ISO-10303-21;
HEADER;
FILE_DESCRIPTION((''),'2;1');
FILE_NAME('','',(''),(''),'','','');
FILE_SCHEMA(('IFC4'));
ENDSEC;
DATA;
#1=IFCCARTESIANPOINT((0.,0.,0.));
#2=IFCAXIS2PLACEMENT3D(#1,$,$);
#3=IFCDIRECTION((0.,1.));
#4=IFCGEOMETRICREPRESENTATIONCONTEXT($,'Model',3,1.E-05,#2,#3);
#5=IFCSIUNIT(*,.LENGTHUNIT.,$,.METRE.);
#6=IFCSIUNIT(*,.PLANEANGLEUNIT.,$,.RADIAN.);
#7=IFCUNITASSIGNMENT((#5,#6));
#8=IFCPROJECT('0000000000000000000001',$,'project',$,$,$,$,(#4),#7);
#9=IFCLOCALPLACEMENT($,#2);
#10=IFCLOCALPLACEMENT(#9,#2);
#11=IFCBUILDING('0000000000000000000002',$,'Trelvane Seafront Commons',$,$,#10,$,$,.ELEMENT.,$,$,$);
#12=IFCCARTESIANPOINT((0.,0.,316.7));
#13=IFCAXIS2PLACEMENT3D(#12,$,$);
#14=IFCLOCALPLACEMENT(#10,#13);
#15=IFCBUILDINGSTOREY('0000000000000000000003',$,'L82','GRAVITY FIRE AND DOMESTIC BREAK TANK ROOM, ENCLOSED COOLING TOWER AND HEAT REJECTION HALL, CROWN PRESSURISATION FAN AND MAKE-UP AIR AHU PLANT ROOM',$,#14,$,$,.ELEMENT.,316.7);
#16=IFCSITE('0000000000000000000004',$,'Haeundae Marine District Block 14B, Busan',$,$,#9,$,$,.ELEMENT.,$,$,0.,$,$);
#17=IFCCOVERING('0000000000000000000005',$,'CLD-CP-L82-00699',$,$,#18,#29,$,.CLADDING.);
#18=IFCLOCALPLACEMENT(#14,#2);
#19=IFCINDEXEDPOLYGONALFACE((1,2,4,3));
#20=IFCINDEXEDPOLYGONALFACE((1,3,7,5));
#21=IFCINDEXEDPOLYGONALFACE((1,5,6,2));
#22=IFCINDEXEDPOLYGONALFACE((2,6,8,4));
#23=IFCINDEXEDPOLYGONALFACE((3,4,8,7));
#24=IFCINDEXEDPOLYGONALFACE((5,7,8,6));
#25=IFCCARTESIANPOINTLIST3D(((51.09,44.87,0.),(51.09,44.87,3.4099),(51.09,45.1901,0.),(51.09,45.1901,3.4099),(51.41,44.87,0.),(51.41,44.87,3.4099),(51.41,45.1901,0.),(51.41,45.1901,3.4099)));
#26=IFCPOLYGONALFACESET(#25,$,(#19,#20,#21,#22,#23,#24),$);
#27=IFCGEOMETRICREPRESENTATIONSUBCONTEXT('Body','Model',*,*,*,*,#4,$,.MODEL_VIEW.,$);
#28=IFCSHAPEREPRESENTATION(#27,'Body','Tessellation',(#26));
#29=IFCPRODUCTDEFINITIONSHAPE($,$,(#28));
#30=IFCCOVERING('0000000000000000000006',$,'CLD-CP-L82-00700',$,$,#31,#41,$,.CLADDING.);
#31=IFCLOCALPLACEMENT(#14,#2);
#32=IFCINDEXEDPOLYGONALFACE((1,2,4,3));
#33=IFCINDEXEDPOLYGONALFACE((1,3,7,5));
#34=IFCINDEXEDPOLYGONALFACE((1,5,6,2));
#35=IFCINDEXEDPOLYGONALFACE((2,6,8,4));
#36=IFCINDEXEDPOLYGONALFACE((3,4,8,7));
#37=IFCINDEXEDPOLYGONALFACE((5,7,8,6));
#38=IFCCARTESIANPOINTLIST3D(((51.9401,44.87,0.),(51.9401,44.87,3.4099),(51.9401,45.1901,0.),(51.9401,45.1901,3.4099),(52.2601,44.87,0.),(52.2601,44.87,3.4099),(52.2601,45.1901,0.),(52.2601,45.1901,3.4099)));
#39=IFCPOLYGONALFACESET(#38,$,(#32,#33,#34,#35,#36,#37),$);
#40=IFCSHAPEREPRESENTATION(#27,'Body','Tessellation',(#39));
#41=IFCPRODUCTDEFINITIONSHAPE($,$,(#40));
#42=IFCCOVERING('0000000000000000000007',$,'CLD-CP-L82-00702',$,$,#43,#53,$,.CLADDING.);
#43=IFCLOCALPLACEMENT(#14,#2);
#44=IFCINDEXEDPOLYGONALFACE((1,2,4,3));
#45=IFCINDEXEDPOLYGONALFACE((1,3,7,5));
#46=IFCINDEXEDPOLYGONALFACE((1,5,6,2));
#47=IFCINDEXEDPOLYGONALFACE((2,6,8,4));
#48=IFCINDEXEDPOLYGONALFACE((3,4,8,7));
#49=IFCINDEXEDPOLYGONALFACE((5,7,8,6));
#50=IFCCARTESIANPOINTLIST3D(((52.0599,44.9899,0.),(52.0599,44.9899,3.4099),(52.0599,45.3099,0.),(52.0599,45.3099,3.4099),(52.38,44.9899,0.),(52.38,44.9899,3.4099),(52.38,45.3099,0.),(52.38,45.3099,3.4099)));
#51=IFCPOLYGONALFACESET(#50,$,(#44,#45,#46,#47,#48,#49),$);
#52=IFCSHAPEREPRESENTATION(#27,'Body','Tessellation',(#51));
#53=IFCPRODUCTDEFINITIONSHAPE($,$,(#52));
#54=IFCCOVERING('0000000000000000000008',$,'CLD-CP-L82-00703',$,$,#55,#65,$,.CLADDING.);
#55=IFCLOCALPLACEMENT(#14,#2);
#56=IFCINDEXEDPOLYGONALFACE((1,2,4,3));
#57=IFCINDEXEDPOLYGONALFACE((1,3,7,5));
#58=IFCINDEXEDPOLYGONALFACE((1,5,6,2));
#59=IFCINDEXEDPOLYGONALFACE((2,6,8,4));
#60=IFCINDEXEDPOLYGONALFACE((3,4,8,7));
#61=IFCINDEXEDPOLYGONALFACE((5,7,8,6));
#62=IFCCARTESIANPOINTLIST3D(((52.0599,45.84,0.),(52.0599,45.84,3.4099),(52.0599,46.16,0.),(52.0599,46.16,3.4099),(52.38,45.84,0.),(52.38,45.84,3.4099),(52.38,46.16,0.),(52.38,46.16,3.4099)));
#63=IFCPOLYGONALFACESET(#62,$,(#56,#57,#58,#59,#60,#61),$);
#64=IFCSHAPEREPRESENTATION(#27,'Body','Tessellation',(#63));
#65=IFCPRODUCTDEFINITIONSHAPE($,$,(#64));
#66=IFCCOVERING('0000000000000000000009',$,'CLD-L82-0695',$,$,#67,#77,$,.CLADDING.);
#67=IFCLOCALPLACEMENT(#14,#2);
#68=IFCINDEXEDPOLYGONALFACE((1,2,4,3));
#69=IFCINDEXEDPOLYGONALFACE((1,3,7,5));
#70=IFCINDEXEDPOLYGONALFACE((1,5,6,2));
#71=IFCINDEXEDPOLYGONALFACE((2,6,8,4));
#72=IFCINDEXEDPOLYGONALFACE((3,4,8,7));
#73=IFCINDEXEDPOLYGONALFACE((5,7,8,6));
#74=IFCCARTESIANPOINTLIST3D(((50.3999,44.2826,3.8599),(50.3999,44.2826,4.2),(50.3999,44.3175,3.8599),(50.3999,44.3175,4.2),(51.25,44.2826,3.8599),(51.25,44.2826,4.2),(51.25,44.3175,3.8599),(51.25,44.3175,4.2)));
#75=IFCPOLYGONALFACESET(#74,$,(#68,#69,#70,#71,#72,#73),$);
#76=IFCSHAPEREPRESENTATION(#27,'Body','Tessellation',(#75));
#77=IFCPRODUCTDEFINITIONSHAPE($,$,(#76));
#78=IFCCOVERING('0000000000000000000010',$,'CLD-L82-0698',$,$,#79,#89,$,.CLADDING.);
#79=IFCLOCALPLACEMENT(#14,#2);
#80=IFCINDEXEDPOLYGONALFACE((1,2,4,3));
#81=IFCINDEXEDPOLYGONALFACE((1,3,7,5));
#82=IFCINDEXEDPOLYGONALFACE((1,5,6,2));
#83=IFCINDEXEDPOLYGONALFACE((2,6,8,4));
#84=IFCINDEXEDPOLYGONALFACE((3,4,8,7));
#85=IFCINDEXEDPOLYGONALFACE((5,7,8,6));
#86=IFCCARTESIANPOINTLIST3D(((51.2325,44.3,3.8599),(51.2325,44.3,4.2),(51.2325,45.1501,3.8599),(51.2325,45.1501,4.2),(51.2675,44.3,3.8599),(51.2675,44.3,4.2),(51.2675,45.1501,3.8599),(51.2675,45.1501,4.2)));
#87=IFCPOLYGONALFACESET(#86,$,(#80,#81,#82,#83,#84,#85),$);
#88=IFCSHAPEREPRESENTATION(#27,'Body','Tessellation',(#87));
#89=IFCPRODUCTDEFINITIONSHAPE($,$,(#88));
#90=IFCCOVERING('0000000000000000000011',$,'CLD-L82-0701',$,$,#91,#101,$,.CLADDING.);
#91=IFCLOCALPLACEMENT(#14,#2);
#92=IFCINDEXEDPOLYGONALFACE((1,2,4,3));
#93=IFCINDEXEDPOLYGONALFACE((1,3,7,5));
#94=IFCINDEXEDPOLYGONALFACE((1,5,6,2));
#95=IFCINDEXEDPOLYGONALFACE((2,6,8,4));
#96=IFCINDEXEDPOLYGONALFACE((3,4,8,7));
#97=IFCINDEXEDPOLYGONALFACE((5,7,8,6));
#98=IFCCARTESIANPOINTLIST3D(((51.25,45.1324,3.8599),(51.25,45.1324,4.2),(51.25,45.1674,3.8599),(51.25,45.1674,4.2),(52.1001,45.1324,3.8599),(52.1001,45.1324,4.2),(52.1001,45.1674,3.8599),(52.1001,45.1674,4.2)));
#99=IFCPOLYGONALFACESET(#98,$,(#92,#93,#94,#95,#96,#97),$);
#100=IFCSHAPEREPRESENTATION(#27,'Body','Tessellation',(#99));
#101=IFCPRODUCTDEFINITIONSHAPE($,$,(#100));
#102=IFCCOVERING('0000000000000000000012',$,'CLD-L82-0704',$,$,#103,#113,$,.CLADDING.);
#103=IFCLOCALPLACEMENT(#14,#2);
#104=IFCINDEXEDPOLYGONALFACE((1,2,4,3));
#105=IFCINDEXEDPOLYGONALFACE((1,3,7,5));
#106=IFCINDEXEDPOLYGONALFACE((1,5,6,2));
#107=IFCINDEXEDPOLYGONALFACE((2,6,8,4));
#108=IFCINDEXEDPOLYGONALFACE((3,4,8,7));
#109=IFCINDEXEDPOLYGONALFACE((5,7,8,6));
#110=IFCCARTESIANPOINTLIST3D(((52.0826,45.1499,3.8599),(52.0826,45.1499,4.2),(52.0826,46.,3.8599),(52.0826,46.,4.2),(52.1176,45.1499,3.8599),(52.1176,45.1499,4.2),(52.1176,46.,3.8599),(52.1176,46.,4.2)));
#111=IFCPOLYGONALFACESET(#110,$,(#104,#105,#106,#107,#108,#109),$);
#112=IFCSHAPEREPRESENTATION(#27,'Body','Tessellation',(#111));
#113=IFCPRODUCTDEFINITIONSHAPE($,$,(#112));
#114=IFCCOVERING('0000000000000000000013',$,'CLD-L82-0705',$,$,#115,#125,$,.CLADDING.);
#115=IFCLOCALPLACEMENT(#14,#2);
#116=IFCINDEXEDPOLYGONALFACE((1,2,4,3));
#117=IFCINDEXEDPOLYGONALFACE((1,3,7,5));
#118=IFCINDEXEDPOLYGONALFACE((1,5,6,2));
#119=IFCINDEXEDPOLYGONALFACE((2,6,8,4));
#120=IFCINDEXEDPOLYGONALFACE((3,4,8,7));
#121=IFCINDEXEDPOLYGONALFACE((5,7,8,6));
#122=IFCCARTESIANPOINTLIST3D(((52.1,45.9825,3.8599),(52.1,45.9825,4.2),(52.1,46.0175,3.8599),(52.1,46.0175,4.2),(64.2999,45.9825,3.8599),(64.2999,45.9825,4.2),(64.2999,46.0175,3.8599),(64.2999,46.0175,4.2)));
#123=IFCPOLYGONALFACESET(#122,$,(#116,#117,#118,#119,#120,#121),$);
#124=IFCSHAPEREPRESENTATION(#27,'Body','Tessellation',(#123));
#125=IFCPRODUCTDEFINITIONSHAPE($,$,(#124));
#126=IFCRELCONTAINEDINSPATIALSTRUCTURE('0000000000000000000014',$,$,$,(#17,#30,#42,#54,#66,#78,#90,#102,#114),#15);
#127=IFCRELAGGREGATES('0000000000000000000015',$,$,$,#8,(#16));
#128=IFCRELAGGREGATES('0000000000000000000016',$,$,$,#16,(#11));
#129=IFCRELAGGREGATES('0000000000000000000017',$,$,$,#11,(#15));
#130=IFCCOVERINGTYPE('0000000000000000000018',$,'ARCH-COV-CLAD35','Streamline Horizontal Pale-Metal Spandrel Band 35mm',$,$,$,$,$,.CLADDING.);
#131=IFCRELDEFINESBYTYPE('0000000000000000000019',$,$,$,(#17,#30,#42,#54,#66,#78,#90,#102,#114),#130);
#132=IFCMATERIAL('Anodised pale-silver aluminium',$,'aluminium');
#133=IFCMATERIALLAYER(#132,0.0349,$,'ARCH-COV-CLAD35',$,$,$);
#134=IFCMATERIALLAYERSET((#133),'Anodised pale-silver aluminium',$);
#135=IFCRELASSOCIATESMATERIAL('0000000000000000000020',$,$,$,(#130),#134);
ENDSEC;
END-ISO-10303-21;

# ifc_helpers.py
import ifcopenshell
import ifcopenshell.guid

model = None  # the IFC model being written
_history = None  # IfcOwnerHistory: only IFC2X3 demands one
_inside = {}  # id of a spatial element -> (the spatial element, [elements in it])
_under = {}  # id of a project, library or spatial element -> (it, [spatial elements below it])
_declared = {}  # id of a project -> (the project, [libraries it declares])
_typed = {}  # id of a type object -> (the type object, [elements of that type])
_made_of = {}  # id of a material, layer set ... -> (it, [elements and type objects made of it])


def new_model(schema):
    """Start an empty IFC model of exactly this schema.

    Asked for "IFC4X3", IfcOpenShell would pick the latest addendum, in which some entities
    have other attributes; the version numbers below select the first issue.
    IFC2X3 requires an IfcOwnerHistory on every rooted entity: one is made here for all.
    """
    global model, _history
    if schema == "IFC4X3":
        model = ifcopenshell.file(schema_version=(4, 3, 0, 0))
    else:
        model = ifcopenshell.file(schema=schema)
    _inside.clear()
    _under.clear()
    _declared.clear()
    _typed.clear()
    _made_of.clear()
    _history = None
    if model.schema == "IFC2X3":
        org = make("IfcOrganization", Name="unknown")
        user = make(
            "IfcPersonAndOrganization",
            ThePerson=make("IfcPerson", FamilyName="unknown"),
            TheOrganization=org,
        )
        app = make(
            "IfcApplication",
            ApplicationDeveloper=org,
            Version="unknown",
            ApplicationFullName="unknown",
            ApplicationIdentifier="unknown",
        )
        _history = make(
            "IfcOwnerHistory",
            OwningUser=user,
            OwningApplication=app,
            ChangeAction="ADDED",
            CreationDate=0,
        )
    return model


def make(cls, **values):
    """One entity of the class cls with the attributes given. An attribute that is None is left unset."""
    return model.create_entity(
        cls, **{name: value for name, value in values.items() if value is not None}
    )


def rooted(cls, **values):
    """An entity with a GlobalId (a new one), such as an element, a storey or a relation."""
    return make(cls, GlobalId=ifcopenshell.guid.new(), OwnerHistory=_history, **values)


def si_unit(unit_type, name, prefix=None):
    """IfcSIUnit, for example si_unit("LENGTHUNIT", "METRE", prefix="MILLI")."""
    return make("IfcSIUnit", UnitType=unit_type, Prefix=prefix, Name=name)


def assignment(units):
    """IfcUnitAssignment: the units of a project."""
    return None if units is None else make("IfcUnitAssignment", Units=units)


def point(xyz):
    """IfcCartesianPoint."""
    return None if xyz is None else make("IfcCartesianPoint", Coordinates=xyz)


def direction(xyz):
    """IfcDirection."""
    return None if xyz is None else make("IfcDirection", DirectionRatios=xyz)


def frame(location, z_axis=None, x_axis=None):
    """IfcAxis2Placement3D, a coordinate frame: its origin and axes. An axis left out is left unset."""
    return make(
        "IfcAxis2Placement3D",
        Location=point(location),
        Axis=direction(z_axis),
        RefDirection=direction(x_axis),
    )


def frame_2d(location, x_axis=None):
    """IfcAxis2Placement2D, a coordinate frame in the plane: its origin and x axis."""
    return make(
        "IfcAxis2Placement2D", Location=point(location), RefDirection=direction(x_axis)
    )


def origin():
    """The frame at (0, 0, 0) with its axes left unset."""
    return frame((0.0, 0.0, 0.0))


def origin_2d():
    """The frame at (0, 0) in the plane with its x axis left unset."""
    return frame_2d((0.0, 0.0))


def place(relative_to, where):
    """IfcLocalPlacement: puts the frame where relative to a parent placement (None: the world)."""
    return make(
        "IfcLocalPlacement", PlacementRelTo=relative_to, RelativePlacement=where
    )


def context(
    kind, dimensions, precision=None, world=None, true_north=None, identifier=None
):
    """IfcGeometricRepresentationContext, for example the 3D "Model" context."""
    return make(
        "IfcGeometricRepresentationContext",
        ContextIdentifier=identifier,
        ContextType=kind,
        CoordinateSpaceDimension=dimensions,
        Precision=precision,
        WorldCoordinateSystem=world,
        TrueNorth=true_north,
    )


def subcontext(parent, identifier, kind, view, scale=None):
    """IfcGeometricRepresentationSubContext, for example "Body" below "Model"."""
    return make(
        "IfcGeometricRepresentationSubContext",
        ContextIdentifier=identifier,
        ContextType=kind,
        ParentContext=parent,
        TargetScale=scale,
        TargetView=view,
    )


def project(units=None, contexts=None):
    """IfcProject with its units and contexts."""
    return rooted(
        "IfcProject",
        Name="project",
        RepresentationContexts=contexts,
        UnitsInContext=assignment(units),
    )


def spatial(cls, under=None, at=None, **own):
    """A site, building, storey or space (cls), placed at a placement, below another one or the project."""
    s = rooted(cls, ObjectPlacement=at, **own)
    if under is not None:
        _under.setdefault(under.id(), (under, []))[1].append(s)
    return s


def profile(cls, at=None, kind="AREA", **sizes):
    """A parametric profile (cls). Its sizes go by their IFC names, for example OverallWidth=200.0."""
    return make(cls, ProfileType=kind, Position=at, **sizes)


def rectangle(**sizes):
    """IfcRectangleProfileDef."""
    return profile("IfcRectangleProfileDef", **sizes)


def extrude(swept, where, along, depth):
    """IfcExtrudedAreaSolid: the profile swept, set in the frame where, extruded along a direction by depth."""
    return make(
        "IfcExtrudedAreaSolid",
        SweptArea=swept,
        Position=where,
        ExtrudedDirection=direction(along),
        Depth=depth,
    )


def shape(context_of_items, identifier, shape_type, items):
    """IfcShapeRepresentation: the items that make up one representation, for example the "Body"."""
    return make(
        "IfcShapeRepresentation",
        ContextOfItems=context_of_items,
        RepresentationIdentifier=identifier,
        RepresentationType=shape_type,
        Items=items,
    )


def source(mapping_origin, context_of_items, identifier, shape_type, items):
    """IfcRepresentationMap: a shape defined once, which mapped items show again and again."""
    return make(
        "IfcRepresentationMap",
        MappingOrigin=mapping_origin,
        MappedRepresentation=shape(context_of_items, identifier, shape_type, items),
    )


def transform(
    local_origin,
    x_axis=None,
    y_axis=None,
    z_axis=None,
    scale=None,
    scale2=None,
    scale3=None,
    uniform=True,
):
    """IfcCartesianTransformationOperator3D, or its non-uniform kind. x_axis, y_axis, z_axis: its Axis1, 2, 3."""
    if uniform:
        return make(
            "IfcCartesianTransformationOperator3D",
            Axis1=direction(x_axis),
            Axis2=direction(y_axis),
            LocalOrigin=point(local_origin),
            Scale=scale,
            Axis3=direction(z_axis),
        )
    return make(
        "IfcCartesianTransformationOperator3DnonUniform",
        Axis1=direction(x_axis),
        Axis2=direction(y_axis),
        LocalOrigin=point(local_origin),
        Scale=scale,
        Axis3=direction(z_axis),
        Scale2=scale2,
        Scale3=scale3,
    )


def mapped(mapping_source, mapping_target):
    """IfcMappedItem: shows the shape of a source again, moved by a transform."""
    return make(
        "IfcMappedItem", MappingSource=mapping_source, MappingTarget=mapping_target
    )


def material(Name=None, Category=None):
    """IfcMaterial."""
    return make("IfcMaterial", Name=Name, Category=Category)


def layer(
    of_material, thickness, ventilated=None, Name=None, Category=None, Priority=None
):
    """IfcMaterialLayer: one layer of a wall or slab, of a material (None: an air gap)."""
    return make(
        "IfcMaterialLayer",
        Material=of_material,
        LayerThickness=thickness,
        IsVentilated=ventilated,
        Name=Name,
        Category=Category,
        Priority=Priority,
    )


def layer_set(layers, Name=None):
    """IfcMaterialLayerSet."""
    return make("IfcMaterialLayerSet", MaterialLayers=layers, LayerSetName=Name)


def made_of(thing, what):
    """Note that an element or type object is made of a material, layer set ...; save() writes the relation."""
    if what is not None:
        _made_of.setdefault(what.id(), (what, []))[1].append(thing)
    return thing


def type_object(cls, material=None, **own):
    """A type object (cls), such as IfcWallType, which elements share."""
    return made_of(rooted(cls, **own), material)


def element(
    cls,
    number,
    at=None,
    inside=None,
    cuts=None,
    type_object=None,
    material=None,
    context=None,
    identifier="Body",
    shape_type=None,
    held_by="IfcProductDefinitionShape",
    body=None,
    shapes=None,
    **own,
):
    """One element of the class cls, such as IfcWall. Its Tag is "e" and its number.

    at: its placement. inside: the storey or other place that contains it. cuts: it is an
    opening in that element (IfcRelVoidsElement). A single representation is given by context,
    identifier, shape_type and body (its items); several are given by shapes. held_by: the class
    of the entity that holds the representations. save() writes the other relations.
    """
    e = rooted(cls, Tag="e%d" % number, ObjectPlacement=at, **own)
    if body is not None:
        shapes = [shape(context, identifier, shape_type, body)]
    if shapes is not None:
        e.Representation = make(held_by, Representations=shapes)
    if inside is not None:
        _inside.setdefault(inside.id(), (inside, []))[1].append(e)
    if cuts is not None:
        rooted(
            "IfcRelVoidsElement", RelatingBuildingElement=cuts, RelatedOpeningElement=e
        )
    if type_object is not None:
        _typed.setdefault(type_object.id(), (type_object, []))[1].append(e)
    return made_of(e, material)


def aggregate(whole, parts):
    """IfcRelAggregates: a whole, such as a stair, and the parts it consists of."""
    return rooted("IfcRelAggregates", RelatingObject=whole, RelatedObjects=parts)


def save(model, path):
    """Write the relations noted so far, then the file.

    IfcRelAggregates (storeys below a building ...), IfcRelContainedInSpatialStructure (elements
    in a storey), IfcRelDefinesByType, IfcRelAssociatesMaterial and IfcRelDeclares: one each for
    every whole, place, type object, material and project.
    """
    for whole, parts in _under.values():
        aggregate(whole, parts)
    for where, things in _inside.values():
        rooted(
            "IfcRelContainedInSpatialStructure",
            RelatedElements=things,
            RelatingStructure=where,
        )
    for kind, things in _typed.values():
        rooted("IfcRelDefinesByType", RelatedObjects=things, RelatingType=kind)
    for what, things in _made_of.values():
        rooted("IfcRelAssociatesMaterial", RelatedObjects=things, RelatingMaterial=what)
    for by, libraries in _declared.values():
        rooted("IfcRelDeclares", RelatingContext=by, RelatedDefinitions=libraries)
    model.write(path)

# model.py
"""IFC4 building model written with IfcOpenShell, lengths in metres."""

from ifc_helpers import new_model, si_unit, direction, frame, origin, origin_2d, place, context, subcontext, project, spatial, rectangle, extrude, source, transform, mapped, material, layer, layer_set, type_object, element, save


model = new_model("IFC4")

# Units and contexts
model_context = context("Model", 3, precision=1e-05, world=origin(), true_north=direction((0.0, 1.0)))
body_context = subcontext(model_context, "Body", "Model", "MODEL_VIEW")
ifc_project = project(units=[si_unit("LENGTHUNIT", "METRE"), si_unit("PLANEANGLEUNIT", "RADIAN")], contexts=[model_context])

# Site, building, storey
site_placement = place(None, origin())
site = spatial("IfcSite", under=ifc_project, at=site_placement, Name="Haeundae Marine District Block 14B, Busan", CompositionType="ELEMENT", RefElevation=0.0)
building_placement = place(site_placement, origin())
building = spatial("IfcBuilding", under=site, at=building_placement, Name="Trelvane Seafront Commons", CompositionType="ELEMENT")
storey_placement = place(building_placement, frame((0.0, 0.0, 316.7)))
storey = spatial("IfcBuildingStorey", under=building, at=storey_placement, Name="L82", Description="GRAVITY FIRE AND DOMESTIC BREAK TANK ROOM, ENCLOSED COOLING TOWER AND HEAT REJECTION HALL, CROWN PRESSURISATION FAN AND MAKE-UP AIR AHU PLANT ROOM", CompositionType="ELEMENT", Elevation=316.7)

# Shared definitions
ifc_material_1 = material(Name="Anodised pale-silver aluminium", Category="aluminium")

# Coverings
ifc_layer_1 = layer(ifc_material_1, 0.0349, Name="ARCH-COV-CLAD35")
ifc_layer_set_1 = layer_set([ifc_layer_1], Name="Anodised pale-silver aluminium")
covering_type = type_object("IfcCoveringType", Name="ARCH-COV-CLAD35", Description="Streamline Horizontal Pale-Metal Spandrel Band 35mm", PredefinedType="CLADDING", material=ifc_layer_set_1)
shared_shape_1 = source(origin(), body_context, "Body", "SweptSolid", [
    extrude(rectangle(XDim=0.3201, YDim=0.3201, at=origin_2d()), origin(), (0.0, 0.0, 1.0), 3.4099),
])
for number, where, z_axis, x_axis, name in (
    (1, (51.25, 45.03, 0.0), (0.0, 0.0, 1.0), (1.0, 0.0, 0.0), "CLD-CP-L82-00699"),
    (2, (52.1001, 45.03, 0.0), (0.0, 0.0, 1.0), (1.0, 0.0, 0.0), "CLD-CP-L82-00700"),
    (3, (52.22, 45.1499, 0.0), (0.0, 0.0, 1.0), (1.0, 0.0, 0.0), "CLD-CP-L82-00702"),
    (4, (52.22, 46.0, 0.0), (0.0, 0.0, 1.0), (1.0, 0.0, 0.0), "CLD-CP-L82-00703"),
):
    element("IfcCovering", number, at=place(storey_placement, frame(where, z_axis=z_axis, x_axis=x_axis)), inside=storey, type_object=covering_type, Name=name, PredefinedType="CLADDING", context=body_context, shape_type="MappedRepresentation", body=[
        mapped(shared_shape_1, transform((0.0, 0.0, 0.0), x_axis=(1.0, 0.0, 0.0), y_axis=(0.0, 1.0, 0.0), z_axis=(0.0, 0.0, 1.0), scale=1.0)),
    ])
shared_shape_2 = source(origin(), body_context, "Body", "SweptSolid", [
    extrude(rectangle(XDim=0.8501, YDim=0.0349, at=origin_2d()), origin(), (0.0, 0.0, 1.0), 0.3401),
])
for number, where, z_axis, x_axis, name in (
    (5, (50.825, 44.3, 3.8599), (0.0, 0.0, 1.0), (1.0, 0.0, 0.0), "CLD-L82-0695"),
    (6, (51.25, 44.7251, 3.8599), (0.0, 0.0, 1.0), (0.0, 1.0, 0.0), "CLD-L82-0698"),
    (7, (51.675, 45.1499, 3.8599), (0.0, 0.0, 1.0), (1.0, 0.0, 0.0), "CLD-L82-0701"),
    (8, (52.1001, 45.575, 3.8599), (0.0, 0.0, 1.0), (0.0, 1.0, 0.0), "CLD-L82-0704"),
):
    element("IfcCovering", number, at=place(storey_placement, frame(where, z_axis=z_axis, x_axis=x_axis)), inside=storey, type_object=covering_type, Name=name, PredefinedType="CLADDING", context=body_context, shape_type="MappedRepresentation", body=[
        mapped(shared_shape_2, transform((0.0, 0.0, 0.0), x_axis=(1.0, 0.0, 0.0), y_axis=(0.0, 1.0, 0.0), z_axis=(0.0, 0.0, 1.0), scale=1.0)),
    ])
shared_shape_3 = source(origin(), body_context, "Body", "SweptSolid", [
    extrude(rectangle(XDim=12.2, YDim=0.0349, at=origin_2d()), origin(), (0.0, 0.0, 1.0), 0.3401),
])
covering_placement = place(storey_placement, frame((58.2, 46.0, 3.8599), z_axis=(0.0, 0.0, 1.0), x_axis=(1.0, 0.0, 0.0)))
element("IfcCovering", 9, at=covering_placement, inside=storey, type_object=covering_type, Name="CLD-L82-0705", PredefinedType="CLADDING", context=body_context, shape_type="MappedRepresentation", body=[
    mapped(shared_shape_3, transform((0.0, 0.0, 0.0), x_axis=(1.0, 0.0, 0.0), y_axis=(0.0, 1.0, 0.0), z_axis=(0.0, 0.0, 1.0), scale=1.0)),
])

save(model, "model.ifc")
